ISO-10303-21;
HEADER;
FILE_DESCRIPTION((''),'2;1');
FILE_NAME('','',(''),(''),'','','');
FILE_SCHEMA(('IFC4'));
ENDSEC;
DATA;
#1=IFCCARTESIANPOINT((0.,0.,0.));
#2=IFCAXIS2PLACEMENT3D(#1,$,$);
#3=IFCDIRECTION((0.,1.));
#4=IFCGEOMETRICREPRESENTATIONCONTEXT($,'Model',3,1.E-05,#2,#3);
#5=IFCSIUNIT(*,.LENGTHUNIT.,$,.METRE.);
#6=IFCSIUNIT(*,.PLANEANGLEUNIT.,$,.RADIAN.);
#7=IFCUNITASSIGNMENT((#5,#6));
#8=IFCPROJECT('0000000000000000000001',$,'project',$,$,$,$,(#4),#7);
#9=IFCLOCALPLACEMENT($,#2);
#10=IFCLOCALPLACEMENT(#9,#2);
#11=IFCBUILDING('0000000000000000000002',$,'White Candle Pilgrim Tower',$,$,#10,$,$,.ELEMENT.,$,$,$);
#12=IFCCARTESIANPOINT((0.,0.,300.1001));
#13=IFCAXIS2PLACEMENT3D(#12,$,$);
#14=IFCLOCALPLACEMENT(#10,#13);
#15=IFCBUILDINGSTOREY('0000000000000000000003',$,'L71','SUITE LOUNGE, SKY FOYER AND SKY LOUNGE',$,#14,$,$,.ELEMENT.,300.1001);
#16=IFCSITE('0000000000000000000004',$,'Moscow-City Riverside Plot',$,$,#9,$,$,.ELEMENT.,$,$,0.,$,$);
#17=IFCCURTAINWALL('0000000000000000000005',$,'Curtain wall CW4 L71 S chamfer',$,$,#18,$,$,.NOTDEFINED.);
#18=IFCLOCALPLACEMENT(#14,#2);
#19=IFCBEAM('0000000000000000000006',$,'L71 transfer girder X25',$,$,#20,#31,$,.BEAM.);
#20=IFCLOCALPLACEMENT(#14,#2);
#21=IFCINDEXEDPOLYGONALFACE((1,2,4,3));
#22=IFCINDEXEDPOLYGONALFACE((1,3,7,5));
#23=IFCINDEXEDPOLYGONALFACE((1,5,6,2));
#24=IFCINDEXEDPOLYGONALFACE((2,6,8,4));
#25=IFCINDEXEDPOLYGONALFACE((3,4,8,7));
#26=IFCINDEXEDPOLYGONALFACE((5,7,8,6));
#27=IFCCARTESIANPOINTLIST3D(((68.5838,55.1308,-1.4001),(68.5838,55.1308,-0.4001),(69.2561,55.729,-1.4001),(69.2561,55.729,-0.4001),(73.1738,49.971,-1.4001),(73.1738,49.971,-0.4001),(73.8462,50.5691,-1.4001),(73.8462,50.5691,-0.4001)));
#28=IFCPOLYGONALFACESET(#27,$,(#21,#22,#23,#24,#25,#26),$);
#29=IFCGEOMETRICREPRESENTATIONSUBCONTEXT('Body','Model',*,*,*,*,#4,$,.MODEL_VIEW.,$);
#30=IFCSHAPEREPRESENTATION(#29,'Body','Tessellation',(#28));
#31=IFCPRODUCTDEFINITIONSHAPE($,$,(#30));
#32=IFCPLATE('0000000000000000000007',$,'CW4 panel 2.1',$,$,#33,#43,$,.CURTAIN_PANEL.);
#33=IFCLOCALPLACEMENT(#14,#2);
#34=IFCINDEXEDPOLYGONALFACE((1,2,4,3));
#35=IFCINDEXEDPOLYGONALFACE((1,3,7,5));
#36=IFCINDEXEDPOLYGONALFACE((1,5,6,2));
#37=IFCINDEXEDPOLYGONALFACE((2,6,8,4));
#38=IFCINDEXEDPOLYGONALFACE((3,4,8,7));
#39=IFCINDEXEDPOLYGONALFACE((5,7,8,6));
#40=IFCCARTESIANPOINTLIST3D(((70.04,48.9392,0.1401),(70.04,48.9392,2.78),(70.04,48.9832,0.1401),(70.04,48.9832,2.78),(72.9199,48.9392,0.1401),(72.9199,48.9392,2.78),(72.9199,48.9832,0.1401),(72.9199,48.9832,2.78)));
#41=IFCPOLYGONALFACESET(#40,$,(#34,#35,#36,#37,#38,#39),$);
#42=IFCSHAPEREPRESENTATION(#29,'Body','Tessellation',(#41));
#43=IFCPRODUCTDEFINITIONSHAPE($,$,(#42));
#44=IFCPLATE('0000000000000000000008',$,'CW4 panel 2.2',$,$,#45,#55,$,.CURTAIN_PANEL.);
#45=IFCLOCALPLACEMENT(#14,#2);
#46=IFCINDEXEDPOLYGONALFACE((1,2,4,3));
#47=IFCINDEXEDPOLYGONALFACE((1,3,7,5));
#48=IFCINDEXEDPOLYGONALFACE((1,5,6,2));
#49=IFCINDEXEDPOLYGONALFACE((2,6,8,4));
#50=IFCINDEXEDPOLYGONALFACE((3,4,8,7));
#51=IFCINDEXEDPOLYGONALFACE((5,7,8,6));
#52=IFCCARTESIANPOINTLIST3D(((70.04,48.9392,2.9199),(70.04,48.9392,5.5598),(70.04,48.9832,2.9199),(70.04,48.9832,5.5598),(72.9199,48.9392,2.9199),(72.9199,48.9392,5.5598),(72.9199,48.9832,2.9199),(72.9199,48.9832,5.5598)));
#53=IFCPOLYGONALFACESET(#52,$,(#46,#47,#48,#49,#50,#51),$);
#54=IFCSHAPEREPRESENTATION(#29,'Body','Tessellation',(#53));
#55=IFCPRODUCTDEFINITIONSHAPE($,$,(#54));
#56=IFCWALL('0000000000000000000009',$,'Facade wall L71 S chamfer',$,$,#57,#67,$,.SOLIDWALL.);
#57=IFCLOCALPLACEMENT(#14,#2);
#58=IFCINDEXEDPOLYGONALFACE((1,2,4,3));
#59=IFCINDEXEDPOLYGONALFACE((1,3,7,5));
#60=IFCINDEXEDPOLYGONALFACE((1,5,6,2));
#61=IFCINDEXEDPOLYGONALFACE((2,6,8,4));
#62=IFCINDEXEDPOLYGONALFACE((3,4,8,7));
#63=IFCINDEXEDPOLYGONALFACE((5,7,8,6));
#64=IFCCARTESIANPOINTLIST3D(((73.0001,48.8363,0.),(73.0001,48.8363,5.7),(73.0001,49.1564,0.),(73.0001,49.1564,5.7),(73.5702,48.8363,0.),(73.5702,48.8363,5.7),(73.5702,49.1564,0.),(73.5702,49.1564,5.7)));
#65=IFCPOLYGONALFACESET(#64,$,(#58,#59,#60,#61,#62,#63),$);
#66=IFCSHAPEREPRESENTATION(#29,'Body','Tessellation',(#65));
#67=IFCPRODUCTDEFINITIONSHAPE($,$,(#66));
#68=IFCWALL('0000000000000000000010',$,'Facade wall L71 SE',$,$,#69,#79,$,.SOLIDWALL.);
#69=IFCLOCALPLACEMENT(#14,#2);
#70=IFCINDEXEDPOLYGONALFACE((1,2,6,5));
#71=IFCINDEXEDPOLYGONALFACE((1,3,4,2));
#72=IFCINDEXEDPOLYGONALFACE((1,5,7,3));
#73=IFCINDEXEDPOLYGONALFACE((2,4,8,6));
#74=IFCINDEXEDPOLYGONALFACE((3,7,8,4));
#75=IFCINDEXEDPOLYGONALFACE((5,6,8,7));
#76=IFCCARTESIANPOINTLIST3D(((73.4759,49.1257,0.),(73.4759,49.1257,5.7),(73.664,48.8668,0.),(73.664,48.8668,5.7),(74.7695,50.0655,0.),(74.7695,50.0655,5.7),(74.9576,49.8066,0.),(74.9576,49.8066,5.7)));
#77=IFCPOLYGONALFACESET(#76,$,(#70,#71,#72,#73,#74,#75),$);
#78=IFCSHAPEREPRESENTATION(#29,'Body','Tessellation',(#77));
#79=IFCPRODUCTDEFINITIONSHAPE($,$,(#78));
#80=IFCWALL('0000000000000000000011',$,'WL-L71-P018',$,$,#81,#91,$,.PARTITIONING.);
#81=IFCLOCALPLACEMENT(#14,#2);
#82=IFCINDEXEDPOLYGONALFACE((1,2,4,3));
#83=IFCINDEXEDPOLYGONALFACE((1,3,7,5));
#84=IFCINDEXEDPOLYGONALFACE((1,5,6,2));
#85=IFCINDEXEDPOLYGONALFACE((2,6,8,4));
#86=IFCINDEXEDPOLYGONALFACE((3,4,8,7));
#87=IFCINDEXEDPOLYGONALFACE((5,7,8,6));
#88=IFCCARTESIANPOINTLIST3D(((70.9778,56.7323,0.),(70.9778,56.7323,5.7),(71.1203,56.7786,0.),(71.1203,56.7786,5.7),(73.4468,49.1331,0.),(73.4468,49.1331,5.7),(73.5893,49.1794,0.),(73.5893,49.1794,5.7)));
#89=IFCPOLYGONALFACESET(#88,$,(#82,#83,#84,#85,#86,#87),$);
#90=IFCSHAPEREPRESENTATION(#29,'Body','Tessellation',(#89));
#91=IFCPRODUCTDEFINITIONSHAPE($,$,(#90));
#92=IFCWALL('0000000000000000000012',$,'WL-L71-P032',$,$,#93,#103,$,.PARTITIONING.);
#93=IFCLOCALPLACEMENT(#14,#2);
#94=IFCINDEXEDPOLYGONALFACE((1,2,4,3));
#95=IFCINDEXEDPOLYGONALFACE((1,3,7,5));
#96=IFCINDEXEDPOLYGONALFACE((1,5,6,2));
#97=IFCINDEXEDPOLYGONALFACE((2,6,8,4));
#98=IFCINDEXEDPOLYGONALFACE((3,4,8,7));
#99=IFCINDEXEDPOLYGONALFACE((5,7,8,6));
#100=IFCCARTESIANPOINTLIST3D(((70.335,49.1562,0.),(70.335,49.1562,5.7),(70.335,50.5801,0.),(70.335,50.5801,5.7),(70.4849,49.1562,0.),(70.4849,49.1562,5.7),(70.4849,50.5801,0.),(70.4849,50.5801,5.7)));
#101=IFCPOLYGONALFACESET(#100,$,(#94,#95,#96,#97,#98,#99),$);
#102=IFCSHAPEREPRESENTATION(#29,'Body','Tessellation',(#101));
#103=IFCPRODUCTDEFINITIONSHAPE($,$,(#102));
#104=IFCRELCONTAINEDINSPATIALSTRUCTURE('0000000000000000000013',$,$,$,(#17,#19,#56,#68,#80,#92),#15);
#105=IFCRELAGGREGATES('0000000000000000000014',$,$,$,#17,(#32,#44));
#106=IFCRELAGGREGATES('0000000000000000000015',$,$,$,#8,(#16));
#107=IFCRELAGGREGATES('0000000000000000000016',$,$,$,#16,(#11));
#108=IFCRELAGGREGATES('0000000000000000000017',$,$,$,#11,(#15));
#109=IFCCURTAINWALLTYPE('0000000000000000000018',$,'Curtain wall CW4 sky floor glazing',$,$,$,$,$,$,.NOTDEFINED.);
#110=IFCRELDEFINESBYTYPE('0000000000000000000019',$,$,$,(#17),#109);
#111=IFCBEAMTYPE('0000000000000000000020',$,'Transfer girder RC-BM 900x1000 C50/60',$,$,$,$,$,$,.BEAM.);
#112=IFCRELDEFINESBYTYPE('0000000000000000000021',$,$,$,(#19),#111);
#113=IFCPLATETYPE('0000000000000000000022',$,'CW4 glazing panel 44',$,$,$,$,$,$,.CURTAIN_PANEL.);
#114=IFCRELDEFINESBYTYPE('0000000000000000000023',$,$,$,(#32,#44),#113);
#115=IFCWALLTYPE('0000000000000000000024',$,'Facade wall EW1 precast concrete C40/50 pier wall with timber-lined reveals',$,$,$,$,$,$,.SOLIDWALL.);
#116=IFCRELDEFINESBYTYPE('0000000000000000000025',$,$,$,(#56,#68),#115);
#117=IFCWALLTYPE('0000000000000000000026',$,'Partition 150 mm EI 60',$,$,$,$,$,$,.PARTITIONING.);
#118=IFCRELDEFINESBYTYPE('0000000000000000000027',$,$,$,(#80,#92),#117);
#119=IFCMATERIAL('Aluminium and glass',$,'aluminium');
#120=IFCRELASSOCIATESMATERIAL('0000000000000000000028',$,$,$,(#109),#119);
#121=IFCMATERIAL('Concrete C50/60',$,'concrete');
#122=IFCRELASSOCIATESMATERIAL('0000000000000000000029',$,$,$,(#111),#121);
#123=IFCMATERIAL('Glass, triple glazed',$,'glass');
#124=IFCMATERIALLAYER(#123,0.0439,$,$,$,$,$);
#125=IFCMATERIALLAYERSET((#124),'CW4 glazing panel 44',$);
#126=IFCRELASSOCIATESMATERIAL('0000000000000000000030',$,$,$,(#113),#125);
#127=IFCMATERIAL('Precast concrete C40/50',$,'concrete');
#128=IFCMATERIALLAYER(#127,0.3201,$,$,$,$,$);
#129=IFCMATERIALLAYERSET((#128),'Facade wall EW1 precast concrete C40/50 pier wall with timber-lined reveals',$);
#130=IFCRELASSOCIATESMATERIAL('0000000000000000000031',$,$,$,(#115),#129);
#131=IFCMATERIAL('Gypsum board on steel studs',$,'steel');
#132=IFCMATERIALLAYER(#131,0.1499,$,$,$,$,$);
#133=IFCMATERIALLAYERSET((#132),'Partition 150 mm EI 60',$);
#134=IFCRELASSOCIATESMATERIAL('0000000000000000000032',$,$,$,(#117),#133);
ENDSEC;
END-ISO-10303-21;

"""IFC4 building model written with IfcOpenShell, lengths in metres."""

from ifc_helpers import new_model, si_unit, direction, frame, frame_2d, origin, origin_2d, place, context, subcontext, project, spatial, rectangle, extrude, material, layer, layer_set, material_profile, profile_set, type_object, element, aggregate, save


model = new_model("IFC4")

# Units and contexts
model_context = context("Model", 3, precision=1e-05, world=origin(), true_north=direction((0.0, 1.0)))
body_context = subcontext(model_context, "Body", "Model", "MODEL_VIEW")
ifc_project = project(units=[si_unit("LENGTHUNIT", "METRE"), si_unit("PLANEANGLEUNIT", "RADIAN")], contexts=[model_context])

# Site, building, storey
site_placement = place(None, origin())
site = spatial("IfcSite", under=ifc_project, at=site_placement, Name="Moscow-City Riverside Plot", CompositionType="ELEMENT", RefElevation=0.0)
building_placement = place(site_placement, origin())
building = spatial("IfcBuilding", under=site, at=building_placement, Name="White Candle Pilgrim Tower", CompositionType="ELEMENT")
storey_placement = place(building_placement, frame((0.0, 0.0, 300.1001)))
storey = spatial("IfcBuildingStorey", under=building, at=storey_placement, Name="L71", Description="SUITE LOUNGE, SKY FOYER AND SKY LOUNGE", CompositionType="ELEMENT", Elevation=300.1001)

# Curtain wall
ifc_material_1 = material(Name="Aluminium and glass", Category="aluminium")
curtain_wall_type = type_object("IfcCurtainWallType", Name="Curtain wall CW4 sky floor glazing", PredefinedType="NOTDEFINED", material=ifc_material_1)
curtain_wall_1_placement = place(storey_placement, origin())
curtain_wall_1 = element("IfcCurtainWall", 1, at=curtain_wall_1_placement, inside=storey, type_object=curtain_wall_type, Name="Curtain wall CW4 L71 S chamfer", PredefinedType="NOTDEFINED")

# Beam
ifc_material_2 = material(Name="Concrete C50/60", Category="concrete")
ifc_material_profile_1 = material_profile(ifc_material_2, rectangle(XDim=0.8999, YDim=1.0, at=origin_2d()), Name="RC-BM 900x1000")
ifc_profile_set_1 = profile_set([ifc_material_profile_1], Name="Concrete C50/60")
beam_type_1 = type_object("IfcBeamType", Name="Transfer girder RC-BM 900x1000 C50/60", PredefinedType="BEAM", material=ifc_profile_set_1)
beam_1_placement = place(storey_placement, frame((73.51, 50.27, -0.9001), z_axis=(-0.664647, 0.747158, 0.0), x_axis=(-0.747158, -0.664647, 0.0)))
element("IfcBeam", 2, at=beam_1_placement, inside=storey, type_object=beam_type_1, Name="L71 transfer girder X25", PredefinedType="BEAM", context=body_context, shape_type="SweptSolid", body=[
    extrude(rectangle(XDim=0.8999, YDim=1.0, at=origin_2d()), origin(), (0.0, 0.0, 1.0), 6.906),
])

# Plates
ifc_material_3 = material(Name="Glass, triple glazed", Category="glass")
ifc_layer_1 = layer(ifc_material_3, 0.0439)
ifc_layer_set_1 = layer_set([ifc_layer_1], Name="CW4 glazing panel 44")
plate_type = type_object("IfcPlateType", Name="CW4 glazing panel 44", PredefinedType="CURTAIN_PANEL", material=ifc_layer_set_1)
plate_1_placement = place(storey_placement, frame((71.48, 48.9612, 0.1401), z_axis=(0.0, 0.0, 1.0), x_axis=(1.0, 0.0, 0.0)))
plate_1 = element("IfcPlate", 3, at=plate_1_placement, type_object=plate_type, Name="CW4 panel 2.1", PredefinedType="CURTAIN_PANEL", context=body_context, shape_type="SweptSolid", body=[
    extrude(rectangle(XDim=2.8799, YDim=0.0439, at=origin_2d()), origin(), (0.0, 0.0, 1.0), 2.6399),
])
plate_2_placement = place(storey_placement, frame((71.48, 48.9612, 2.9199), z_axis=(0.0, 0.0, 1.0), x_axis=(1.0, 0.0, 0.0)))
plate_2 = element("IfcPlate", 4, at=plate_2_placement, type_object=plate_type, Name="CW4 panel 2.2", PredefinedType="CURTAIN_PANEL", context=body_context, shape_type="SweptSolid", body=[
    extrude(rectangle(XDim=2.8799, YDim=0.0439, at=origin_2d()), origin(), (0.0, 0.0, 1.0), 2.6399),
])
aggregate(curtain_wall_1, [plate_1, plate_2])

# Walls
ifc_material_4 = material(Name="Precast concrete C40/50", Category="concrete")
ifc_layer_2 = layer(ifc_material_4, 0.3201)
ifc_layer_set_2 = layer_set([ifc_layer_2], Name="Facade wall EW1 precast concrete C40/50 pier wall with timber-lined reveals")
wall_type_1 = type_object("IfcWallType", Name="Facade wall EW1 precast concrete C40/50 pier wall with timber-lined reveals", PredefinedType="SOLIDWALL", material=ifc_layer_set_2)
wall_1_placement = place(storey_placement, frame((73.0, 48.9963, 0.0), z_axis=(0.0, 0.0, 1.0), x_axis=(1.0, 0.0, 0.0)))
element("IfcWall", 5, at=wall_1_placement, inside=storey, type_object=wall_type_1, Name="Facade wall L71 S chamfer", PredefinedType="SOLIDWALL", context=body_context, shape_type="SweptSolid", body=[
    extrude(rectangle(XDim=0.5701, YDim=0.3201, at=frame_2d((0.2852, 0.0))), origin(), (0.0, 0.0, 1.0), 5.7),
])
wall_2_placement = place(storey_placement, frame((73.5701, 48.9963, 0.0), z_axis=(0.0, 0.0, 1.0), x_axis=(0.809033, 0.587763, 0.0)))
element("IfcWall", 6, at=wall_2_placement, inside=storey, type_object=wall_type_1, Name="Facade wall L71 SE", PredefinedType="SOLIDWALL", context=body_context, shape_type="SweptSolid", body=[
    extrude(rectangle(XDim=1.5989, YDim=0.3201, at=frame_2d((0.7993, 0.0))), origin(), (0.0, 0.0, 1.0), 5.7),
])
ifc_material_5 = material(Name="Gypsum board on steel studs", Category="steel")
ifc_layer_3 = layer(ifc_material_5, 0.1499)
ifc_layer_set_3 = layer_set([ifc_layer_3], Name="Partition 150 mm EI 60")
wall_type_2 = type_object("IfcWallType", Name="Partition 150 mm EI 60", PredefinedType="PARTITIONING", material=ifc_layer_set_3)
wall_3_placement = place(storey_placement, frame((73.5181, 49.1562, 0.0), z_axis=(0.0, 0.0, 1.0), x_axis=(-0.309005, 0.951061, 0.0)))
element("IfcWall", 7, at=wall_3_placement, inside=storey, type_object=wall_type_2, Name="WL-L71-P018", PredefinedType="PARTITIONING", context=body_context, shape_type="SweptSolid", body=[
    extrude(rectangle(XDim=7.9902, YDim=0.1499, at=frame_2d((3.9951, 0.0))), origin(), (0.0, 0.0, 1.0), 5.7),
])
wall_4_placement = place(storey_placement, frame((70.4099, 50.5801, 0.0), z_axis=(0.0, 0.0, 1.0), x_axis=(0.0, -1.0, 0.0)))
element("IfcWall", 8, at=wall_4_placement, inside=storey, type_object=wall_type_2, Name="WL-L71-P032", PredefinedType="PARTITIONING", context=body_context, shape_type="SweptSolid", body=[
    extrude(rectangle(XDim=1.4238, YDim=0.1499, at=frame_2d((0.7119, 0.0))), origin(), (0.0, 0.0, 1.0), 5.7),
])

save(model, "model.ifc")
